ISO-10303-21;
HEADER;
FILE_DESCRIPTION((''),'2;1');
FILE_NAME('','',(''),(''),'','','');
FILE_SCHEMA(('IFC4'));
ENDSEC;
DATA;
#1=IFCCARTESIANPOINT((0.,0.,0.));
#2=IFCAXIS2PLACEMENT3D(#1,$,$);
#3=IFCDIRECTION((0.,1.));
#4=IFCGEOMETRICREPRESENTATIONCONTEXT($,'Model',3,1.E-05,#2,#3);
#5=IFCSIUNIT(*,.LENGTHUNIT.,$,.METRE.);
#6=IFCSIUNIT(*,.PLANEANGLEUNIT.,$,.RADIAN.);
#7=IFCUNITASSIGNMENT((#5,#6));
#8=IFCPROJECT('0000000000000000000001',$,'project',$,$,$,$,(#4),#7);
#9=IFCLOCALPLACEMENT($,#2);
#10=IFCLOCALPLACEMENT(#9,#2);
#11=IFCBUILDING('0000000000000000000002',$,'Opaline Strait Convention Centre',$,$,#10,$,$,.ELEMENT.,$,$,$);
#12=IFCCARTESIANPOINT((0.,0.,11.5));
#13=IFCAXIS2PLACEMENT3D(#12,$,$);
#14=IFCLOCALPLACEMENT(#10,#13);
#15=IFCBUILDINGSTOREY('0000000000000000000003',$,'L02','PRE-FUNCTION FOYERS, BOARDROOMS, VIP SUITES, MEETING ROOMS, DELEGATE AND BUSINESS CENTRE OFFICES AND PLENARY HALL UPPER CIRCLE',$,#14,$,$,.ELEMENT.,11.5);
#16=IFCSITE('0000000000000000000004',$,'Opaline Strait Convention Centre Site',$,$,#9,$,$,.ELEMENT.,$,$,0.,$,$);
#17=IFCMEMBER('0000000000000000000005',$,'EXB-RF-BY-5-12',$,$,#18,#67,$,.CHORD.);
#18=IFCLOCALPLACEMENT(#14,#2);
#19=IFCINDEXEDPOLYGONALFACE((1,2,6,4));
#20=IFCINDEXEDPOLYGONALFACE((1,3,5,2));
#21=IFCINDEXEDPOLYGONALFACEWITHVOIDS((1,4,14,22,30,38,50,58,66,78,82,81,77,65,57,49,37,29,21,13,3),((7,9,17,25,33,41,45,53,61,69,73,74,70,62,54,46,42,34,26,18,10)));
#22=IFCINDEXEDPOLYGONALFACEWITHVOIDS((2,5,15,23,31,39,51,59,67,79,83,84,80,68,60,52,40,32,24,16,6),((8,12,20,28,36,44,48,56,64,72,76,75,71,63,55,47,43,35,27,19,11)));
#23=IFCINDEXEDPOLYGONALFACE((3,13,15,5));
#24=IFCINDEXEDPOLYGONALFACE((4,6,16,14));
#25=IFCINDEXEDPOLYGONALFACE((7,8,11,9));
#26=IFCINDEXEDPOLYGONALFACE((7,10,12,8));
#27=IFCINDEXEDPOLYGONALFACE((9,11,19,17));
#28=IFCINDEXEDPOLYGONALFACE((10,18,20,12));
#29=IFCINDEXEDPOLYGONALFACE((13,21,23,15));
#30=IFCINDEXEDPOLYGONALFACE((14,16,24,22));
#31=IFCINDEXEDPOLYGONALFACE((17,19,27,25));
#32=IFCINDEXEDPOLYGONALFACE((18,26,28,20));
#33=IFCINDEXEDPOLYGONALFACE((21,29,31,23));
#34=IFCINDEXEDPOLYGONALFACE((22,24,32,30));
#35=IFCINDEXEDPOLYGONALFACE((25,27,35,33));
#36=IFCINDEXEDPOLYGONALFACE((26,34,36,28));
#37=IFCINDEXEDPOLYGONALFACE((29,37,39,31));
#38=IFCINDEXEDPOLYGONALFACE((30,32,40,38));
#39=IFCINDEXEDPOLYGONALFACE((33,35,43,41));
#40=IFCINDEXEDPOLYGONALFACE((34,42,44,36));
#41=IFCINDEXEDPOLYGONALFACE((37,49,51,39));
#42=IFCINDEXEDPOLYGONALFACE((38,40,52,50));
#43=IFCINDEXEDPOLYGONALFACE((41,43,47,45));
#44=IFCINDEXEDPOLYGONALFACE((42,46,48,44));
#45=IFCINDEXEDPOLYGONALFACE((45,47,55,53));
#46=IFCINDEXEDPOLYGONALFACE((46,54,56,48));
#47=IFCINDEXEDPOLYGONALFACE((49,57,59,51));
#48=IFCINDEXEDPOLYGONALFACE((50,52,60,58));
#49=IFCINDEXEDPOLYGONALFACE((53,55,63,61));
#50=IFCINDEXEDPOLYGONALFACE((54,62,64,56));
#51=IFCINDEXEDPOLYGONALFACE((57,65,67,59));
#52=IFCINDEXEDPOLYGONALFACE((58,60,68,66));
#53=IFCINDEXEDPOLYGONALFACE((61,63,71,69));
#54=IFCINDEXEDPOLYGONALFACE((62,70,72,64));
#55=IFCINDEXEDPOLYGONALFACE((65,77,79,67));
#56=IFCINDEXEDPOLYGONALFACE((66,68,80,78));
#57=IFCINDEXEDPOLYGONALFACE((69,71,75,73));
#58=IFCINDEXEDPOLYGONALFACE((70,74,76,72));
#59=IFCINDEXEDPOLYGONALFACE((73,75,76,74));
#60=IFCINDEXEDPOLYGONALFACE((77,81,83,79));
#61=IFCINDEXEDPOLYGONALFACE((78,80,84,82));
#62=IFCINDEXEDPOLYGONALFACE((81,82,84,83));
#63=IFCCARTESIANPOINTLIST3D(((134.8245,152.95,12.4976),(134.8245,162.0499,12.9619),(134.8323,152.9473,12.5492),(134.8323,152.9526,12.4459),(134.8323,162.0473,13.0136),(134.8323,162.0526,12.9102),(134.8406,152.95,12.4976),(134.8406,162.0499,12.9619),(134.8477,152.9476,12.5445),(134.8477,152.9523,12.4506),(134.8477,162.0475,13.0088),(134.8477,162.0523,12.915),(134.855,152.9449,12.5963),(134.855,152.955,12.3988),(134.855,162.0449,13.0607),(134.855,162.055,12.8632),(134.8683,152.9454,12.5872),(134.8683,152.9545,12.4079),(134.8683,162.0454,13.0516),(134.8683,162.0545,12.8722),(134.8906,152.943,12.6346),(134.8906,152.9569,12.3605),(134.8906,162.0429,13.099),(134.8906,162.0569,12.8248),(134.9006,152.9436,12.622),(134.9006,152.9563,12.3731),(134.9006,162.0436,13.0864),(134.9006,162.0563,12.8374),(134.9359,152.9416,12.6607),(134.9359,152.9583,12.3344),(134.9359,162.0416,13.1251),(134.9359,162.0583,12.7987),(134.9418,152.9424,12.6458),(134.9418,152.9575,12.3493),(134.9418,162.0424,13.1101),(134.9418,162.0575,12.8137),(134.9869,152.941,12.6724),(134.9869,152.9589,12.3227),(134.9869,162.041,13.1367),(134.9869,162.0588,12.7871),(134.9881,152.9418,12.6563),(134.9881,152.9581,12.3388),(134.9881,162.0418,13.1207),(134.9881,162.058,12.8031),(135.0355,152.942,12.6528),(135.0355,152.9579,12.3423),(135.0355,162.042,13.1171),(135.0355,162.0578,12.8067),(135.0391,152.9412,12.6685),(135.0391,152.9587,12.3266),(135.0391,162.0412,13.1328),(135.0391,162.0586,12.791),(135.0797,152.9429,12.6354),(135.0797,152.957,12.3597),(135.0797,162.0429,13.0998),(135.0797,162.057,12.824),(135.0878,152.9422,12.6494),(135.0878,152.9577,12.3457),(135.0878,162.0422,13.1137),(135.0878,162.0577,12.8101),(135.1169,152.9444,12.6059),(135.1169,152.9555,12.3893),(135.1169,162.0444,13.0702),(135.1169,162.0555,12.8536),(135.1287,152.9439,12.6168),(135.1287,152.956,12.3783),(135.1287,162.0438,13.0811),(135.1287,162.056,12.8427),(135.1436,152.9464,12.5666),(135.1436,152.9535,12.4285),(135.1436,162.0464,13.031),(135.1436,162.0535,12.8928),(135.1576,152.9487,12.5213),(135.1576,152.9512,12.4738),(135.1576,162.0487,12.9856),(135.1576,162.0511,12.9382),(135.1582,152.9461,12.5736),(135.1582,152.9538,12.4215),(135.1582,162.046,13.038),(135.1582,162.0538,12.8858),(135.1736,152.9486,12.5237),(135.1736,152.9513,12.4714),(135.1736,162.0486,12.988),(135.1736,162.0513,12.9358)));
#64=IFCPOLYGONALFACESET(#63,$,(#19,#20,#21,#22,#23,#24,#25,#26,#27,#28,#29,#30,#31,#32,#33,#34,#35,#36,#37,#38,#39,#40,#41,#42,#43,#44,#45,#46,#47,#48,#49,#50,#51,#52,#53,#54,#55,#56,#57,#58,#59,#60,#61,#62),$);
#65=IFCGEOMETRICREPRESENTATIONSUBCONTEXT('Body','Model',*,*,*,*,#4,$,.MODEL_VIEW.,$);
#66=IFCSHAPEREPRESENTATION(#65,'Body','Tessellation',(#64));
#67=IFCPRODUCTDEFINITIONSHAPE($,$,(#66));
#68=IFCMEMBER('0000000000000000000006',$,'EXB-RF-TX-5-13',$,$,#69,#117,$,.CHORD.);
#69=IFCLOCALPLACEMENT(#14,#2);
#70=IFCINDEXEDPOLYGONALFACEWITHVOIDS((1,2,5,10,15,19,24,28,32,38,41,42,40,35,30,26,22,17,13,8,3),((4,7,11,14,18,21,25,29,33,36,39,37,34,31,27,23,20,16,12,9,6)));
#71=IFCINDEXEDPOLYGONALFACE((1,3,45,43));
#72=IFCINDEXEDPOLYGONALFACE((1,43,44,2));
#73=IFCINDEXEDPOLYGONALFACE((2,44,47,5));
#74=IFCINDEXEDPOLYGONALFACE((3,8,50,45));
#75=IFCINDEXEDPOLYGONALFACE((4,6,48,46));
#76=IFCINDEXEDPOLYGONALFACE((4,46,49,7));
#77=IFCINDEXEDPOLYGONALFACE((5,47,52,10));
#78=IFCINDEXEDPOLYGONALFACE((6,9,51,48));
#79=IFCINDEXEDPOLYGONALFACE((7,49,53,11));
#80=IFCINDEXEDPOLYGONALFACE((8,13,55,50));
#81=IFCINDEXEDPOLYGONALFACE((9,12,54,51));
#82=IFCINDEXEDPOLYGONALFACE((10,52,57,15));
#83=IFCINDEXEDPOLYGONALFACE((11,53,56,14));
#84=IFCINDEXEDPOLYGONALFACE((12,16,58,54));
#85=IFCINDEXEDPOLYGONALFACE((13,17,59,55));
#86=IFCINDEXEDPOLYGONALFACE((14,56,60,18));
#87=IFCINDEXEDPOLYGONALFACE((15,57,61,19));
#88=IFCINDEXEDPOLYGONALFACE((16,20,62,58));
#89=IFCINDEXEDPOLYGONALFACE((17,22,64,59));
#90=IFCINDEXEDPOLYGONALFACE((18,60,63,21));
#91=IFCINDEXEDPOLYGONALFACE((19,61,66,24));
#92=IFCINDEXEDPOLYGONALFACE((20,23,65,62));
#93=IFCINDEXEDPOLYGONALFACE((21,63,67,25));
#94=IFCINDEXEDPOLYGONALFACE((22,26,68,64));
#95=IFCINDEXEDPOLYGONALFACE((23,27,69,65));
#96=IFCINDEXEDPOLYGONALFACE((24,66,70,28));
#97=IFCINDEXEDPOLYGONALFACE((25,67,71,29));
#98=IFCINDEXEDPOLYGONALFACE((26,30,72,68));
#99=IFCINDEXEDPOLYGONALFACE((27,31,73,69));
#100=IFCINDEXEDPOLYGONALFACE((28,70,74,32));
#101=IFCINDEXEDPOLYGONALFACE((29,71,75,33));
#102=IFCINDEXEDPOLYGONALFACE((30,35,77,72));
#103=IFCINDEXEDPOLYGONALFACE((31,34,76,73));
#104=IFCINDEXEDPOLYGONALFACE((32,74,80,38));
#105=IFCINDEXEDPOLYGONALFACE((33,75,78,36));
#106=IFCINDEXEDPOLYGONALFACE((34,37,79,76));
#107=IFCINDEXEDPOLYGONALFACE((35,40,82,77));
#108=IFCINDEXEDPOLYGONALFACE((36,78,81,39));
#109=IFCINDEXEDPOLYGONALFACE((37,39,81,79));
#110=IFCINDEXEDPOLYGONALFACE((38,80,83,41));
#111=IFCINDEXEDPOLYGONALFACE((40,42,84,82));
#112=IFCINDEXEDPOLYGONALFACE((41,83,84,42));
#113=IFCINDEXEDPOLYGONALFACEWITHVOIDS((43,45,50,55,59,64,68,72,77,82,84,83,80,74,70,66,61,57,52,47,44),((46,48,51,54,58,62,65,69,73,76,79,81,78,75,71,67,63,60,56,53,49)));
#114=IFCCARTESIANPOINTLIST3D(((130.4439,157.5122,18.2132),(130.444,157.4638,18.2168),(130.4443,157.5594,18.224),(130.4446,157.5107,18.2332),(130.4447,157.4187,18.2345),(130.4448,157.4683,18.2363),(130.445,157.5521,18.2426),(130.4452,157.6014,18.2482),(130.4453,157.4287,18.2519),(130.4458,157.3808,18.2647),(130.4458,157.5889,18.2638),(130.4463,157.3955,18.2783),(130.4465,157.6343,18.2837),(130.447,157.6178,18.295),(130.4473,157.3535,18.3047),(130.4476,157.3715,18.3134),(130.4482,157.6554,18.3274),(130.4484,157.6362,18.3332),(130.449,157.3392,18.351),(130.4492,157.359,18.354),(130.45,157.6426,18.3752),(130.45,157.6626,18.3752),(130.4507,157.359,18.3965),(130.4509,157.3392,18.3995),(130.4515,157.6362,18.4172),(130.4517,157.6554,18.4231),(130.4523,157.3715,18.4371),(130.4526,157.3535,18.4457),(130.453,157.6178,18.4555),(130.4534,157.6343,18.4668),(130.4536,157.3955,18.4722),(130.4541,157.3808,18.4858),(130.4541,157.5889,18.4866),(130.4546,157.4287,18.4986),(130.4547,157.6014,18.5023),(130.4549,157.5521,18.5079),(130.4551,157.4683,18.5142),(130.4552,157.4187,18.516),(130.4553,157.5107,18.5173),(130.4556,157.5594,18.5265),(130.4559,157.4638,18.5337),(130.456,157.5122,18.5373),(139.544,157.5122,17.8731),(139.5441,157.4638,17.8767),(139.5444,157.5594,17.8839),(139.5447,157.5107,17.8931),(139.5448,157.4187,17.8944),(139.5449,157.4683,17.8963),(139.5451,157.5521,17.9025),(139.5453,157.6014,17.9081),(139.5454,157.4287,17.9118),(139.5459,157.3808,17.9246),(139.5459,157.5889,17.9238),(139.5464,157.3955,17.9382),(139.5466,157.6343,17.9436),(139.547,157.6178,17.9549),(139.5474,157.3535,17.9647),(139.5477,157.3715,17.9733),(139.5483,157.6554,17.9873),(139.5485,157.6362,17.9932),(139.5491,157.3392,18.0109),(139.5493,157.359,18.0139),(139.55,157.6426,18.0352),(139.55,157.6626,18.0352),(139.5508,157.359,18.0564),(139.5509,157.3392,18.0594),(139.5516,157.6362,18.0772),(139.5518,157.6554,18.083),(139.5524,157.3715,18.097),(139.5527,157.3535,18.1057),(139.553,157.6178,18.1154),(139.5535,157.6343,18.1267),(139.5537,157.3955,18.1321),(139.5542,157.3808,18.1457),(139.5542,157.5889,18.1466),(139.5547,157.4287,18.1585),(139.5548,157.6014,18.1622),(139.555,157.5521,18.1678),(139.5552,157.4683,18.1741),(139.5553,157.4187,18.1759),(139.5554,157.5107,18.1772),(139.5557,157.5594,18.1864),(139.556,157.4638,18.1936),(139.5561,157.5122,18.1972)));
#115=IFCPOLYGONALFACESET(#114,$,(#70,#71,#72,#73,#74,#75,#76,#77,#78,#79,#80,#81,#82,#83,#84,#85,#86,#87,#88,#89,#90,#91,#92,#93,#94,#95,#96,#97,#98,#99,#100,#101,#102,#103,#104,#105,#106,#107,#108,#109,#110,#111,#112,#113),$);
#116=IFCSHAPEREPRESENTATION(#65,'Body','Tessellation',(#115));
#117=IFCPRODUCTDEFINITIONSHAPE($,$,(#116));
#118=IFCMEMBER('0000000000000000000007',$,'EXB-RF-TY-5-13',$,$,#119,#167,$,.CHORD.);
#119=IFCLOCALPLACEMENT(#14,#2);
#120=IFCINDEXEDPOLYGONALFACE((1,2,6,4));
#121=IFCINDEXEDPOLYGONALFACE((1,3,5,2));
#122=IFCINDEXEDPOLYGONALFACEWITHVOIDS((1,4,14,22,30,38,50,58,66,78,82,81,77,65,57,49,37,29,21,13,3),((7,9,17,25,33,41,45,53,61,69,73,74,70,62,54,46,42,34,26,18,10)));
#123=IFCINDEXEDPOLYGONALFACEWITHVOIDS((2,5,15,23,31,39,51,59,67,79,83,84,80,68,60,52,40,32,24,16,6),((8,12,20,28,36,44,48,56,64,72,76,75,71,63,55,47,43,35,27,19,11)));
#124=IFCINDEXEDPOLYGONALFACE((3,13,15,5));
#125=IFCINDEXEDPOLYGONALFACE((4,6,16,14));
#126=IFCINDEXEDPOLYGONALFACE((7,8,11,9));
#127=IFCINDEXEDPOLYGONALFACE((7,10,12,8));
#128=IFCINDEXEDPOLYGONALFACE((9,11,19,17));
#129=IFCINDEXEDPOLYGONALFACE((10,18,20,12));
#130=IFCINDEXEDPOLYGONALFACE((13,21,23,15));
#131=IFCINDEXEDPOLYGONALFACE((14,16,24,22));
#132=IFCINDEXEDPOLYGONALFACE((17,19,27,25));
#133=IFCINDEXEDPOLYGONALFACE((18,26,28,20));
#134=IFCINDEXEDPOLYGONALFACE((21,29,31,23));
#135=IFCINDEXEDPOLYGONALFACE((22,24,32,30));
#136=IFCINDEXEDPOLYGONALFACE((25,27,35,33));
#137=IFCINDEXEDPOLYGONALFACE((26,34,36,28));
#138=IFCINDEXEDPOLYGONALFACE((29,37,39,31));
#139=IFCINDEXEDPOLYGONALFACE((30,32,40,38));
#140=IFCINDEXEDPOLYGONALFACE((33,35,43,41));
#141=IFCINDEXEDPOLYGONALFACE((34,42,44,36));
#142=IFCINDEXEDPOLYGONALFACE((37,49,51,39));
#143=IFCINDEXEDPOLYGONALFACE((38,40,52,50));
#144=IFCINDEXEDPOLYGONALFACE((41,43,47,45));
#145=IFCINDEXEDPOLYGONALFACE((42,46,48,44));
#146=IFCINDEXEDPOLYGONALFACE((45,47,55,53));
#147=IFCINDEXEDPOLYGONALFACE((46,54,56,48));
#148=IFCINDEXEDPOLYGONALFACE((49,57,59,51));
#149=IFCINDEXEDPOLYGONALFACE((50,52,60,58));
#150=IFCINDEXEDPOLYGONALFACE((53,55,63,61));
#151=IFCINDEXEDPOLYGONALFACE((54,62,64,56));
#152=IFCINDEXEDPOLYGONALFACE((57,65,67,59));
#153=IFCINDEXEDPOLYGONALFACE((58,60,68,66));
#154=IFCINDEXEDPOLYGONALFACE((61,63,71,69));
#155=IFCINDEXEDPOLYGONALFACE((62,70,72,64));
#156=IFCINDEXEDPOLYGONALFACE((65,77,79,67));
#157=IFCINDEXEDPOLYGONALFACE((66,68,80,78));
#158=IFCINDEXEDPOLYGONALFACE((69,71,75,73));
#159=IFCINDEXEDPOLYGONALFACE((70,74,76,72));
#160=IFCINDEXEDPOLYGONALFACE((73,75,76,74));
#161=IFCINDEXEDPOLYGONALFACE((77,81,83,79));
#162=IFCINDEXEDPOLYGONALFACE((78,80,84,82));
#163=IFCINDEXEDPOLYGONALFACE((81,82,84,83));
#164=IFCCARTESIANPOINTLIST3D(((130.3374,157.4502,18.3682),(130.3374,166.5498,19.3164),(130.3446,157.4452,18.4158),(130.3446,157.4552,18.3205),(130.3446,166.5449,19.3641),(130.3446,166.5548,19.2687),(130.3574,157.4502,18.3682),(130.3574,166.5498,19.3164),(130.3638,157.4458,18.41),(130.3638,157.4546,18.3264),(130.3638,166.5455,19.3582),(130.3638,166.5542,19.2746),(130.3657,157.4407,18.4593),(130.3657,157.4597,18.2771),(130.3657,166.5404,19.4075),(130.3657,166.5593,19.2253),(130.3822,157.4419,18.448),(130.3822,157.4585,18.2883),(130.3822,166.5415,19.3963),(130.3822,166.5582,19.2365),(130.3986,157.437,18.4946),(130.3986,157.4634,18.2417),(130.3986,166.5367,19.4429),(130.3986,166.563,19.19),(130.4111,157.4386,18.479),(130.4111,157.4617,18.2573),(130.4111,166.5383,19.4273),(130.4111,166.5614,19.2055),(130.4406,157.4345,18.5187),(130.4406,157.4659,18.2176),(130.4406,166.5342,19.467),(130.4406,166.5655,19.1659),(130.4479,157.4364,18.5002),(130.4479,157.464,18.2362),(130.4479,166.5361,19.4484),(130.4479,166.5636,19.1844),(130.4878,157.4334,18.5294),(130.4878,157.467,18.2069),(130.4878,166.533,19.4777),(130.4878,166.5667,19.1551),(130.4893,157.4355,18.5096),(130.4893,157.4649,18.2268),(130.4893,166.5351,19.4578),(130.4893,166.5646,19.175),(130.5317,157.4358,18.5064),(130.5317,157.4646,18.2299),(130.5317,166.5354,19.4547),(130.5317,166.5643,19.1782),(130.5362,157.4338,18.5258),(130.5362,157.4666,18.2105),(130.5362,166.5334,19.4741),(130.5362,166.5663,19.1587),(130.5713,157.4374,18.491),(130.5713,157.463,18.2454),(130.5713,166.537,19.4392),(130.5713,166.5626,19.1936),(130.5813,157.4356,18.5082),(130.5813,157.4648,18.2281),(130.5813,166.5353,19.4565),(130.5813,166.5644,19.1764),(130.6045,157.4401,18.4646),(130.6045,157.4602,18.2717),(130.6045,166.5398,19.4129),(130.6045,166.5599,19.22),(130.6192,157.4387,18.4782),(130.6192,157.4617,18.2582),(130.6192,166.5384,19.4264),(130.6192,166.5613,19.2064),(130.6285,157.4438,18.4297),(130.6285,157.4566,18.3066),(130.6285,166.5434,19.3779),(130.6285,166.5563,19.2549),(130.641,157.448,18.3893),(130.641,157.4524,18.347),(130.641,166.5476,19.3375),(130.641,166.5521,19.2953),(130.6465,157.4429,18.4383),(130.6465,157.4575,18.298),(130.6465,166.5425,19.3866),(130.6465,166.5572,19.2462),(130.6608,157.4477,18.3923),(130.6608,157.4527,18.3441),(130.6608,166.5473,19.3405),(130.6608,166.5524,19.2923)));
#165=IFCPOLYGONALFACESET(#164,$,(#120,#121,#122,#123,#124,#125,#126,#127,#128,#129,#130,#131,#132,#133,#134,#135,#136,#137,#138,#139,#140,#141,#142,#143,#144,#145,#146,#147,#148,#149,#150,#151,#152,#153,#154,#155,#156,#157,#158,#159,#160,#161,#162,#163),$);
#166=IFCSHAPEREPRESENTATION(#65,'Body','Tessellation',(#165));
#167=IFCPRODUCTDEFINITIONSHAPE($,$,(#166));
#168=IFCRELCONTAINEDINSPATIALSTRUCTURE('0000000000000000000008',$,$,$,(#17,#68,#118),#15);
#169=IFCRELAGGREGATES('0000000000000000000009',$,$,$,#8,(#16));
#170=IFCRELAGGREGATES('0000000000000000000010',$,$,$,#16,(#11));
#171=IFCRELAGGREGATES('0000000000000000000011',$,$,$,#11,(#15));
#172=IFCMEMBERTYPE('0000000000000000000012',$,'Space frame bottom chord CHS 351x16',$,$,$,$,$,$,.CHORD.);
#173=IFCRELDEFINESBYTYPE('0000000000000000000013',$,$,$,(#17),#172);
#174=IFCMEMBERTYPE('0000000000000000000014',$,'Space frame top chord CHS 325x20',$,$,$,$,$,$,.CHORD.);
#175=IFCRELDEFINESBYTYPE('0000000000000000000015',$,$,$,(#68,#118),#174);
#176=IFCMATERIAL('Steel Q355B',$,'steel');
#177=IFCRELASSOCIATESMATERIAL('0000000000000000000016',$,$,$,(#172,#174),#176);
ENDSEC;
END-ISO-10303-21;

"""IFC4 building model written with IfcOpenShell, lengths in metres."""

from ifc_helpers import new_model, si_unit, direction, frame, origin, origin_2d, place, context, subcontext, project, spatial, hollow_circle, extrude, material, material_profile, profile_set, type_object, element, save


model = new_model("IFC4")

# Units and contexts
model_context = context("Model", 3, precision=1e-05, world=origin(), true_north=direction((0.0, 1.0)))
body_context = subcontext(model_context, "Body", "Model", "MODEL_VIEW")
ifc_project = project(units=[si_unit("LENGTHUNIT", "METRE"), si_unit("PLANEANGLEUNIT", "RADIAN")], contexts=[model_context])

# Site, building, storey
site_placement = place(None, origin())
site = spatial("IfcSite", under=ifc_project, at=site_placement, Name="Opaline Strait Convention Centre Site", CompositionType="ELEMENT", RefElevation=0.0)
building_placement = place(site_placement, origin())
building = spatial("IfcBuilding", under=site, at=building_placement, Name="Opaline Strait Convention Centre", CompositionType="ELEMENT")
storey_placement = place(building_placement, frame((0.0, 0.0, 11.5)))
storey = spatial("IfcBuildingStorey", under=building, at=storey_placement, Name="L02", Description="PRE-FUNCTION FOYERS, BOARDROOMS, VIP SUITES, MEETING ROOMS, DELEGATE AND BUSINESS CENTRE OFFICES AND PLENARY HALL UPPER CIRCLE", CompositionType="ELEMENT", Elevation=11.5)

# Members
ifc_material_1 = material(Name="Steel Q355B", Category="steel")
ifc_material_profile_1 = material_profile(ifc_material_1, hollow_circle(Radius=0.1755, WallThickness=0.0161, at=origin_2d()), Name="CHS 351x16")
ifc_profile_set_1 = profile_set([ifc_material_profile_1], Name="Steel Q355B")
member_type_1 = type_object("IfcMemberType", Name="Space frame bottom chord CHS 351x16", PredefinedType="CHORD", material=ifc_profile_set_1)
member_1_placement = place(storey_placement, frame((135.0, 152.95, 12.4976), z_axis=(0.0, 0.998701, 0.050961), x_axis=(-1.0, 0.0, 0.0)))
element("IfcMember", 1, at=member_1_placement, inside=storey, type_object=member_type_1, Name="EXB-RF-BY-5-12", PredefinedType="CHORD", context=body_context, shape_type="SweptSolid", body=[
    extrude(hollow_circle(Radius=0.1755, WallThickness=0.0161, at=origin_2d()), origin(), (0.0, 0.0, 1.0), 9.1118),
])
ifc_material_profile_2 = material_profile(ifc_material_1, hollow_circle(Radius=0.1626, WallThickness=0.02, at=origin_2d()), Name="CHS 325x20")
ifc_profile_set_2 = profile_set([ifc_material_profile_2], Name="Steel Q355B")
member_type_2 = type_object("IfcMemberType", Name="Space frame top chord CHS 325x20", PredefinedType="CHORD", material=ifc_profile_set_2)
member_2_placement = place(storey_placement, frame((130.45, 157.5, 18.3752), z_axis=(0.999302, 0.0, -0.037346), x_axis=(0.0, 1.0, 0.0)))
element("IfcMember", 2, at=member_2_placement, inside=storey, type_object=member_type_2, Name="EXB-RF-TX-5-13", PredefinedType="CHORD", context=body_context, shape_type="SweptSolid", body=[
    extrude(hollow_circle(Radius=0.1626, WallThickness=0.02, at=origin_2d()), origin(), (0.0, 0.0, 1.0), 9.1064),
])
member_3_placement = place(storey_placement, frame((130.5, 157.4502, 18.3682), z_axis=(0.0, 0.994614, 0.103646), x_axis=(-1.0, 0.0, 0.0)))
element("IfcMember", 3, at=member_3_placement, inside=storey, type_object=member_type_2, Name="EXB-RF-TY-5-13", PredefinedType="CHORD", context=body_context, shape_type="SweptSolid", body=[
    extrude(hollow_circle(Radius=0.1626, WallThickness=0.02, at=origin_2d()), origin(), (0.0, 0.0, 1.0), 9.1489),
])

save(model, "model.ifc")
